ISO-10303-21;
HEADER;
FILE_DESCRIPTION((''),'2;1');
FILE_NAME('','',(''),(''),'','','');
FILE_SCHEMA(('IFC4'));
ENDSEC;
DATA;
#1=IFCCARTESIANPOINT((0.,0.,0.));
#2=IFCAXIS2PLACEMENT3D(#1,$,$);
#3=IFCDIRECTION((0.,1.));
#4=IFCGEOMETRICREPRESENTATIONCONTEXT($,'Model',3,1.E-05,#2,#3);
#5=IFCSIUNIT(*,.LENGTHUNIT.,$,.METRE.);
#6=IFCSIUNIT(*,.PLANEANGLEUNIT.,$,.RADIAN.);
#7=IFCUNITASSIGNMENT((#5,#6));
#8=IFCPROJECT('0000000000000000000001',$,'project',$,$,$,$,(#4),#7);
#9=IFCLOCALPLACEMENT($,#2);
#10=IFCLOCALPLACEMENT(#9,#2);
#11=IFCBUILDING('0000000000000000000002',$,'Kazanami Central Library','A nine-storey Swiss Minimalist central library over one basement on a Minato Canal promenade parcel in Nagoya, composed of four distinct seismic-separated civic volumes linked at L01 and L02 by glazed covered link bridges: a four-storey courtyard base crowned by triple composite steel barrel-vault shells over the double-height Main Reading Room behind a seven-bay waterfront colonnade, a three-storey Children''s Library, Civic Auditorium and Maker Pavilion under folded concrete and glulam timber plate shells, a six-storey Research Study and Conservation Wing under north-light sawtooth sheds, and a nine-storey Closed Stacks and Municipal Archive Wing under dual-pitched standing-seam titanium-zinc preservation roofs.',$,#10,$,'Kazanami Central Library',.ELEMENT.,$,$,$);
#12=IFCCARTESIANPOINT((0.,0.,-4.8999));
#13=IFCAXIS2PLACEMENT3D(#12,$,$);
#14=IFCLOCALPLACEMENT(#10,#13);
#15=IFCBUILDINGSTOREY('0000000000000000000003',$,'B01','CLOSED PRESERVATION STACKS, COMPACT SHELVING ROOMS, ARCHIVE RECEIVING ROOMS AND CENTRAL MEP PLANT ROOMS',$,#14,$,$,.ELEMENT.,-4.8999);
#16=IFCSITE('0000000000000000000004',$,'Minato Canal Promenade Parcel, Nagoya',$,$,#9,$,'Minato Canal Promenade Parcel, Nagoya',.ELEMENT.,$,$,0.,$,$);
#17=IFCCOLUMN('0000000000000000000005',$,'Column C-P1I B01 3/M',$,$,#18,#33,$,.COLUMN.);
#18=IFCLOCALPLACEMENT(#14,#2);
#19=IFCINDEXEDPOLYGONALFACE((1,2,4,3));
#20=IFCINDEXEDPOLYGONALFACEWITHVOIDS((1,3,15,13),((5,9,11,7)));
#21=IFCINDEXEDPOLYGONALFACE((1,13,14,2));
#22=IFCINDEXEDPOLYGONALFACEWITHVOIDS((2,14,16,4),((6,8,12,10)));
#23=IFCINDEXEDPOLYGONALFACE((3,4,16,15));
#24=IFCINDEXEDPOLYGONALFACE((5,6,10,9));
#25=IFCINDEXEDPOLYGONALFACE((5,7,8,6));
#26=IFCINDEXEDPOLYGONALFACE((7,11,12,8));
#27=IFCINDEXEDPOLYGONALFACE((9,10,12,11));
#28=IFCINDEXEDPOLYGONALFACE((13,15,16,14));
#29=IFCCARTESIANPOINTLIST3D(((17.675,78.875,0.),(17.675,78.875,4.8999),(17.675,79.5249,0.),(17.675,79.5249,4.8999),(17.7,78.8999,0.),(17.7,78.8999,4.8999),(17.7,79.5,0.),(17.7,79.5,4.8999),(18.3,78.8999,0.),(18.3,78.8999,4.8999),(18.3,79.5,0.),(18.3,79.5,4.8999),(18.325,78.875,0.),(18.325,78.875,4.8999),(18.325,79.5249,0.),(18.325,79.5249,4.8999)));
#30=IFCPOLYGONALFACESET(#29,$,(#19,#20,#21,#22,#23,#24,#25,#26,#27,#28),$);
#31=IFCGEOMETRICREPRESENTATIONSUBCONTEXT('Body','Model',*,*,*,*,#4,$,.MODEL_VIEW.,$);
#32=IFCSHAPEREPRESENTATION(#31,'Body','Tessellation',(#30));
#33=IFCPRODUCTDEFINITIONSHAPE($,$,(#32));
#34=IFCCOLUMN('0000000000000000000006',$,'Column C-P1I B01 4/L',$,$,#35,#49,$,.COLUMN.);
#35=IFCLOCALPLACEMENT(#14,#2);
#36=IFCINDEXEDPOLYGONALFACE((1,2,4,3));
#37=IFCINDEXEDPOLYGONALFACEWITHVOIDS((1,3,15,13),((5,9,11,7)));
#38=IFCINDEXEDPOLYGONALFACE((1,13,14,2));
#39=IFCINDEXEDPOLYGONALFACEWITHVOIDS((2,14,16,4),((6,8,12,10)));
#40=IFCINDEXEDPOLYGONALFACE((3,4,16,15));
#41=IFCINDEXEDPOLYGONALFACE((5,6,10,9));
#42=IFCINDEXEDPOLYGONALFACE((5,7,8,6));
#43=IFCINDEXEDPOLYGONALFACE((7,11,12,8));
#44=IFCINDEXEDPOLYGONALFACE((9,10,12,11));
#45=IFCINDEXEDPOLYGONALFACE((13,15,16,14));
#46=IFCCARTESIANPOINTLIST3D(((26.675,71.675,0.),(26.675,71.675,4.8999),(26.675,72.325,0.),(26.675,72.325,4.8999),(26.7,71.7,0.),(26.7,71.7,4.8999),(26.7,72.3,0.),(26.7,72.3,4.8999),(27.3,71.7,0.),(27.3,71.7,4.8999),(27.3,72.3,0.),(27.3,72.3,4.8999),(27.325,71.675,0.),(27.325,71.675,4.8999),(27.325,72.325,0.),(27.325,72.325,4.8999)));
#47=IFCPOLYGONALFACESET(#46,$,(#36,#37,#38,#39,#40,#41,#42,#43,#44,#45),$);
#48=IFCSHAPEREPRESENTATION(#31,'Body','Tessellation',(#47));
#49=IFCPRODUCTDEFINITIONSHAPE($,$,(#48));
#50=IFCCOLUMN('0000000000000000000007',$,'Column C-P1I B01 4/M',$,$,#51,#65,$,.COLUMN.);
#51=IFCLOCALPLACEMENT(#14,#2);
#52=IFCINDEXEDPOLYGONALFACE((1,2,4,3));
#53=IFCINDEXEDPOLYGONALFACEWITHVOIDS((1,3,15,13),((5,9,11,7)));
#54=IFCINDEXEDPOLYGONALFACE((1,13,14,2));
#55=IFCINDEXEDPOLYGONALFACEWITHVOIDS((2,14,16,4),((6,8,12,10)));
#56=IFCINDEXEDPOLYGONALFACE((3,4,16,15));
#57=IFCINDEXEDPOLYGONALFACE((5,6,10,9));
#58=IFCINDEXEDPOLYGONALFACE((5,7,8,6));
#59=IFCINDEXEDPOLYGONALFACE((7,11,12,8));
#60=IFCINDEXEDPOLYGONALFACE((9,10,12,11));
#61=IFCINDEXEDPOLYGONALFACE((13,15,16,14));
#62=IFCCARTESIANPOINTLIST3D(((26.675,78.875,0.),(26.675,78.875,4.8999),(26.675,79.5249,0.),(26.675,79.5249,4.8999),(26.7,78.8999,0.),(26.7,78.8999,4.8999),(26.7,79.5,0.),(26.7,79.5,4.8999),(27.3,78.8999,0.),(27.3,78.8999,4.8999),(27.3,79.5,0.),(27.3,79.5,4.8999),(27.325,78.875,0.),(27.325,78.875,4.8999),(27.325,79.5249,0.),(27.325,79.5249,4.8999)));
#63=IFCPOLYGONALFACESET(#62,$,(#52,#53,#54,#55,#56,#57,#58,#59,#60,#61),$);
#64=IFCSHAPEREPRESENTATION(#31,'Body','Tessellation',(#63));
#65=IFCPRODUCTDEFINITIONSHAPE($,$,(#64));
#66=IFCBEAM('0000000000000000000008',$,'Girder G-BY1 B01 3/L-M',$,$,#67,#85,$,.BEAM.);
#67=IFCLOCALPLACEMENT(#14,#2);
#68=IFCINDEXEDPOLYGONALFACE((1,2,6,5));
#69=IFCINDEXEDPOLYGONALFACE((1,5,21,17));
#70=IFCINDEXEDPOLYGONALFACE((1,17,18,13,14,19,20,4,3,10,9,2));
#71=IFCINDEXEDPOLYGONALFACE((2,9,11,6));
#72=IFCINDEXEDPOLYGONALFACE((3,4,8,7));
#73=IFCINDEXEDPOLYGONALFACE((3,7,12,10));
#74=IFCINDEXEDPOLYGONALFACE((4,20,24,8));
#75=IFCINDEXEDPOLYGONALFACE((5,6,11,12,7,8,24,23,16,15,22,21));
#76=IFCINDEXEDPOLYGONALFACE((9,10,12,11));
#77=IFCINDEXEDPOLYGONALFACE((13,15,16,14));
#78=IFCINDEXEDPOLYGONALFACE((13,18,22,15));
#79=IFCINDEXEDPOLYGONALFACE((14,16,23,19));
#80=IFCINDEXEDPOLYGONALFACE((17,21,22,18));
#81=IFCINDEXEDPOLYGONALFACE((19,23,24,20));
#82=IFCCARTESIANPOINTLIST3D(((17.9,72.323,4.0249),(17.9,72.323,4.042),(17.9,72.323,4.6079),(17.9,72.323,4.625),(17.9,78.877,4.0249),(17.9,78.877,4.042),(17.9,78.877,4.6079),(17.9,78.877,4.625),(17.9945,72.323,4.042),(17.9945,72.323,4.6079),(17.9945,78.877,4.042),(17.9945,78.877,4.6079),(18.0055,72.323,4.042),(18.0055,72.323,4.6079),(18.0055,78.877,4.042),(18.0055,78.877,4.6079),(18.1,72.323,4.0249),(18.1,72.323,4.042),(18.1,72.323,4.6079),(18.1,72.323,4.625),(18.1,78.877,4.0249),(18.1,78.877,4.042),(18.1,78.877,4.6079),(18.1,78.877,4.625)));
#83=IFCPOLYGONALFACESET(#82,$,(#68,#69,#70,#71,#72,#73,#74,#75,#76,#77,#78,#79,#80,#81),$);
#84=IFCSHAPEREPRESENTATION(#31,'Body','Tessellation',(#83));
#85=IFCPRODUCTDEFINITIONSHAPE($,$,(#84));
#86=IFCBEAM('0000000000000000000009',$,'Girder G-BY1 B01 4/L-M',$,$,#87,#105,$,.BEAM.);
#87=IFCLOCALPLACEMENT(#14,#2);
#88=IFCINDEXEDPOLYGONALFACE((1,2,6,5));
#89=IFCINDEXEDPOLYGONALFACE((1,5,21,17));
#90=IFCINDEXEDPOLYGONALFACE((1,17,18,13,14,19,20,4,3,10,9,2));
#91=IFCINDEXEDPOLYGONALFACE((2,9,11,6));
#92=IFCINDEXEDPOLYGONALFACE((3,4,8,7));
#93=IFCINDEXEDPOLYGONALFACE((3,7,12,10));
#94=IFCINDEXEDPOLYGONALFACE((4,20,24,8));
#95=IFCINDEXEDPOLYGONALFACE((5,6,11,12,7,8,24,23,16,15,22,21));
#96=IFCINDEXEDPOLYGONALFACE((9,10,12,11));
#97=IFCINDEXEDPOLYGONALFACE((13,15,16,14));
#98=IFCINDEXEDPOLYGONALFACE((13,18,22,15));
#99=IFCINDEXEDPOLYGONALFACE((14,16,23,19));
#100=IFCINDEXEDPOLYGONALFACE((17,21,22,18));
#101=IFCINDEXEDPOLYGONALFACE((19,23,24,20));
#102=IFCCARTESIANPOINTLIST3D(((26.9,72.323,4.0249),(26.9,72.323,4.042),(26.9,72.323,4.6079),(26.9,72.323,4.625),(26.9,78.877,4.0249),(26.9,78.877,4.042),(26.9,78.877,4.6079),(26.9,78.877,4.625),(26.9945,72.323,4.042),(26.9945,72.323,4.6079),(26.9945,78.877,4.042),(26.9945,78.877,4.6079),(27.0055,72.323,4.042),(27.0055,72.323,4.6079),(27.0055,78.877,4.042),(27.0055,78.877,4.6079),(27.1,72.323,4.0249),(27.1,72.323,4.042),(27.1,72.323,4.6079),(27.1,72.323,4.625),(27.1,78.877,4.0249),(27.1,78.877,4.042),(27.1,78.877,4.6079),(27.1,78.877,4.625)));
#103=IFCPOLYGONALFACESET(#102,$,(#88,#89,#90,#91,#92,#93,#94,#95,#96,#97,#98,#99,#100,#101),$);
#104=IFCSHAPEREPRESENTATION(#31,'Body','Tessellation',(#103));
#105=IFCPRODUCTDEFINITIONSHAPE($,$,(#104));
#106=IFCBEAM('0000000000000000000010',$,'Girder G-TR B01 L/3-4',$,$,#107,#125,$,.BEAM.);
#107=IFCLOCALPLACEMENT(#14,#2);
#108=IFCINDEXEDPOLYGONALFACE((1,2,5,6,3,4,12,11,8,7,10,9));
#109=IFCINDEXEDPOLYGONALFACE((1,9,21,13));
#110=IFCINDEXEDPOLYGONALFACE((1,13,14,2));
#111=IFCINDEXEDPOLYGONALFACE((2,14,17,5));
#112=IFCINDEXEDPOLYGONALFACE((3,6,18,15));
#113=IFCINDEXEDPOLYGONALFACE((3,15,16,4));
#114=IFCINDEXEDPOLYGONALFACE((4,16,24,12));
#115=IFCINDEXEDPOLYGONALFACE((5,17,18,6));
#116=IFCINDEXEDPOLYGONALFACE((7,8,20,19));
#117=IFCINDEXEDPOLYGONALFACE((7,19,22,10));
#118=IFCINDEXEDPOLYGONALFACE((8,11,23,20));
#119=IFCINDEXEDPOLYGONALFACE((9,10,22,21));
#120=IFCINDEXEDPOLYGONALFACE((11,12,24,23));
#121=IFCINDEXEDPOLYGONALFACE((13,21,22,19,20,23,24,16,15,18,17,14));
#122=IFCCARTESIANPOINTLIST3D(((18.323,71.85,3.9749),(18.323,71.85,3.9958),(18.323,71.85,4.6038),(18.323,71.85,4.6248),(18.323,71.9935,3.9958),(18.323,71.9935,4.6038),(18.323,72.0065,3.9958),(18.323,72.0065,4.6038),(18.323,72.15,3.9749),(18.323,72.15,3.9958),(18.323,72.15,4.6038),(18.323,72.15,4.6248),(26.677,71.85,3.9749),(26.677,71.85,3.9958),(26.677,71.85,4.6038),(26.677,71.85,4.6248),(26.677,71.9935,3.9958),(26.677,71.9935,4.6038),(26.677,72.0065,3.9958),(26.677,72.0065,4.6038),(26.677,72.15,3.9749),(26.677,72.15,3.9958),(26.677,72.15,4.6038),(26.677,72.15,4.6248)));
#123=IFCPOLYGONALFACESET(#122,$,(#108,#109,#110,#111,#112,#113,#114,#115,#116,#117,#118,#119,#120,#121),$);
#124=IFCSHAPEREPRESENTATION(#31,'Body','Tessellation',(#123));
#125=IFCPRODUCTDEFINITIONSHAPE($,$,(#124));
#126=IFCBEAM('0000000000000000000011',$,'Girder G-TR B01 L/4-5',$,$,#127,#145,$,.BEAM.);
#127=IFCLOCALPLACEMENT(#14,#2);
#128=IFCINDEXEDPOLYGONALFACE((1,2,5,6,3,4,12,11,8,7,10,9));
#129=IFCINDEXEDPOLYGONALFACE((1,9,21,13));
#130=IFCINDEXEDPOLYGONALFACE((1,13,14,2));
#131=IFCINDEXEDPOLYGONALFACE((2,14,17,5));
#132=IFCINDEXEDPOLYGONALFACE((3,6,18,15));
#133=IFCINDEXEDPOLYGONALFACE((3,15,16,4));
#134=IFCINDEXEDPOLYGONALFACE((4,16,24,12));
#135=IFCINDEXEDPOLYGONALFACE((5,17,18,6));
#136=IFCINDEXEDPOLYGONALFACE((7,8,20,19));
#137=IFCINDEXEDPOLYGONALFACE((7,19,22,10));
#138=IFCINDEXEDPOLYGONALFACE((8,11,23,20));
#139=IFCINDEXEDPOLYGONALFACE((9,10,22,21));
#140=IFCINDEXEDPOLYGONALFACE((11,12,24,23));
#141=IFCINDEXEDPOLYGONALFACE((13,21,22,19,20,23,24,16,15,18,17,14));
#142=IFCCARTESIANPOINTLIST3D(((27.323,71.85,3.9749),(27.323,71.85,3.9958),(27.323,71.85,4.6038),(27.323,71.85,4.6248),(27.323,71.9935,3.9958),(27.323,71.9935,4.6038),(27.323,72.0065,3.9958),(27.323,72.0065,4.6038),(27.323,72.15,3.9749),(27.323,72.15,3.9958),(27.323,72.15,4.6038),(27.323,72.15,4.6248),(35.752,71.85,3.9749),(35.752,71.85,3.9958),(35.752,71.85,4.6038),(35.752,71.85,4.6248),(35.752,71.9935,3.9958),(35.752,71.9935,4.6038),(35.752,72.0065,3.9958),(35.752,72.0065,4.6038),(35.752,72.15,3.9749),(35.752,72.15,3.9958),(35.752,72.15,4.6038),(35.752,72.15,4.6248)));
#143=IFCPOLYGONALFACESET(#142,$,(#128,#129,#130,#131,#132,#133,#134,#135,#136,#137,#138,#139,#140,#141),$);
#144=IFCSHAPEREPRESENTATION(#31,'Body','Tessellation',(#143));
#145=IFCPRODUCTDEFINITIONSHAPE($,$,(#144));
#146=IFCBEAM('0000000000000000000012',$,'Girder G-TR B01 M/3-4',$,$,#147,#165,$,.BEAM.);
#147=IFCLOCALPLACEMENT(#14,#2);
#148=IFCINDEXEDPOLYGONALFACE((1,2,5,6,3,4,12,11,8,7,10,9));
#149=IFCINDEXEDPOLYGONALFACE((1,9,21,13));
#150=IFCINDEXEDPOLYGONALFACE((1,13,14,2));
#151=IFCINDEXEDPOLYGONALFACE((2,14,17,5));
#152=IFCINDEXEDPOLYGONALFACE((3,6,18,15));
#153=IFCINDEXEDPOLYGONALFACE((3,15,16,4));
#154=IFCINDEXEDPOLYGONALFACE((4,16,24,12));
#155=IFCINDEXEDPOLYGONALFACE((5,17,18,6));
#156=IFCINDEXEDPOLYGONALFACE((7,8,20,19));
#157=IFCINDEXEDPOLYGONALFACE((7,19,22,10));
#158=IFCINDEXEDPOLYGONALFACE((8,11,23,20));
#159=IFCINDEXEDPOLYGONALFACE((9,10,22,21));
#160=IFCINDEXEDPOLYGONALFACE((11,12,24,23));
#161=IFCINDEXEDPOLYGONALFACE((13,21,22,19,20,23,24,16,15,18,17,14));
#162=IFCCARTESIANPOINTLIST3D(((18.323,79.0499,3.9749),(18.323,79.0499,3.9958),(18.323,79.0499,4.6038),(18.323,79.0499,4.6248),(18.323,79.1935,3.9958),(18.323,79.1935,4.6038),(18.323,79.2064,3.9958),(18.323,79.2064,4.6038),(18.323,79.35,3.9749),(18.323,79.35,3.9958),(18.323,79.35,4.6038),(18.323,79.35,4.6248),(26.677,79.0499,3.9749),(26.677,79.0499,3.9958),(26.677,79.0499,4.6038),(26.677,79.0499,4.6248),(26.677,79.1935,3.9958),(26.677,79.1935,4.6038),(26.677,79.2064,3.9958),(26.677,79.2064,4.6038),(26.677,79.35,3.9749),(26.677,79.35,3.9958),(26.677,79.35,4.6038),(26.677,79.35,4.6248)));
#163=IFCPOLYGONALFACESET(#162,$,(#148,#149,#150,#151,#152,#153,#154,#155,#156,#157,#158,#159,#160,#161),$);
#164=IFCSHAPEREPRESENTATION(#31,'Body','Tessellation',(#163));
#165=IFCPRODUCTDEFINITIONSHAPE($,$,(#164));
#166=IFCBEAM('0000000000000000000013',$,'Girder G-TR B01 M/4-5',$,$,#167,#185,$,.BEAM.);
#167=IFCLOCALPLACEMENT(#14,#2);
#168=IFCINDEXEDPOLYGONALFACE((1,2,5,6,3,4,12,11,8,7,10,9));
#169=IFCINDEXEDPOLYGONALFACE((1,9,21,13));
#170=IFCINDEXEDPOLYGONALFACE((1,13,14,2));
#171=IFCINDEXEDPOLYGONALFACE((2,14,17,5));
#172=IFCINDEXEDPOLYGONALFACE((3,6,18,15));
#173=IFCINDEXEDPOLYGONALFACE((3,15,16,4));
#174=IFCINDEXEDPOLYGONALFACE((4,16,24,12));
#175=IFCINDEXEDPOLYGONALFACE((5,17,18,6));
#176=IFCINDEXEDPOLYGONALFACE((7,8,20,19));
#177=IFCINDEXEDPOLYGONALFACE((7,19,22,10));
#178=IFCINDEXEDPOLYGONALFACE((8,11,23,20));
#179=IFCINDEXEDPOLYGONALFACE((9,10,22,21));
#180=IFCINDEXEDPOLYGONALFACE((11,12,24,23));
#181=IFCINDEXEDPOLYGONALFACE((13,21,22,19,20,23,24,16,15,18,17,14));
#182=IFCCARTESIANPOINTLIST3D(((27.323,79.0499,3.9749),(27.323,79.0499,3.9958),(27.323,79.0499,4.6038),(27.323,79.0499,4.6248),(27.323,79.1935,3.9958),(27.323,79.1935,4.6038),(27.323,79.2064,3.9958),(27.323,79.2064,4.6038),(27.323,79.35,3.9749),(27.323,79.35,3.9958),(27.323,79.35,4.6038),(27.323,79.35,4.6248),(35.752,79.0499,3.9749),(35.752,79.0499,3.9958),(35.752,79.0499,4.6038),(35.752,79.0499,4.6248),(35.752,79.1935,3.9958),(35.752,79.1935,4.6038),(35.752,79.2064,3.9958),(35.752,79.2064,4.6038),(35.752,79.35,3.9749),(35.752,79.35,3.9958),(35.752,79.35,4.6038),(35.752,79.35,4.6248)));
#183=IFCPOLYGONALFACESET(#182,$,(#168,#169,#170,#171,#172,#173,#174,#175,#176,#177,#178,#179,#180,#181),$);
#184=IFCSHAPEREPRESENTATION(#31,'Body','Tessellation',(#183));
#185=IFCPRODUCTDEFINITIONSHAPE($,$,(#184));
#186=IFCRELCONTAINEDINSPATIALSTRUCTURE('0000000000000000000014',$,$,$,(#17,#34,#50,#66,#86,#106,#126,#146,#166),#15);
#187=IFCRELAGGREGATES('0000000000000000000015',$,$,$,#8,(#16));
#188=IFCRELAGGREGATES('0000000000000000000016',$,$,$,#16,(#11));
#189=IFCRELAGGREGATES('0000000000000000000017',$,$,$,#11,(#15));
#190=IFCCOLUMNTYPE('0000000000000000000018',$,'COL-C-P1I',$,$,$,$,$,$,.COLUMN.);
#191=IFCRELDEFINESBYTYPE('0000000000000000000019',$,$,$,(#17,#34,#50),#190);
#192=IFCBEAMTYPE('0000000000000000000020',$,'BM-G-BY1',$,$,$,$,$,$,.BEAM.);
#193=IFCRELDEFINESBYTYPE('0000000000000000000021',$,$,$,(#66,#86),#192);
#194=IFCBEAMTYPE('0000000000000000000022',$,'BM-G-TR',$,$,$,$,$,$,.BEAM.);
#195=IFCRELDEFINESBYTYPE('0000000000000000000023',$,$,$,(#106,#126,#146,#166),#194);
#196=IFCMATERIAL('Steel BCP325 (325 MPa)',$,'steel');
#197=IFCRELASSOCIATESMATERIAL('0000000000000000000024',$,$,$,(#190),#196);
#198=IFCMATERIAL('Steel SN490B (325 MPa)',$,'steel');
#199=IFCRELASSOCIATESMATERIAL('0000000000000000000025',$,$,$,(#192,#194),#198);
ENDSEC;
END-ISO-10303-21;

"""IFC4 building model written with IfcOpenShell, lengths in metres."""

from ifc_helpers import new_model, si_unit, direction, frame, origin, origin_2d, place, context, subcontext, project, spatial, hollow_rectangle, i_section, extrude, material, material_profile, profile_set, type_object, element, save


model = new_model("IFC4")

# Units and contexts
model_context = context("Model", 3, precision=1e-05, world=origin(), true_north=direction((0.0, 1.0)))
body_context = subcontext(model_context, "Body", "Model", "MODEL_VIEW")
ifc_project = project(units=[si_unit("LENGTHUNIT", "METRE"), si_unit("PLANEANGLEUNIT", "RADIAN")], contexts=[model_context])

# Site, building, storey
site_placement = place(None, origin())
site = spatial("IfcSite", under=ifc_project, at=site_placement, Name="Minato Canal Promenade Parcel, Nagoya", LongName="Minato Canal Promenade Parcel, Nagoya", CompositionType="ELEMENT", RefElevation=0.0)
building_placement = place(site_placement, origin())
building = spatial("IfcBuilding", under=site, at=building_placement, Name="Kazanami Central Library", Description="A nine-storey Swiss Minimalist central library over one basement on a Minato Canal promenade parcel in Nagoya, composed of four distinct seismic-separated civic volumes linked at L01 and L02 by glazed covered link bridges: a four-storey courtyard base crowned by triple composite steel barrel-vault shells over the double-height Main Reading Room behind a seven-bay waterfront colonnade, a three-storey Children's Library, Civic Auditorium and Maker Pavilion under folded concrete and glulam timber plate shells, a six-storey Research Study and Conservation Wing under north-light sawtooth sheds, and a nine-storey Closed Stacks and Municipal Archive Wing under dual-pitched standing-seam titanium-zinc preservation roofs.", LongName="Kazanami Central Library", CompositionType="ELEMENT")
storey_placement = place(building_placement, frame((0.0, 0.0, -4.8999)))
storey = spatial("IfcBuildingStorey", under=building, at=storey_placement, Name="B01", Description="CLOSED PRESERVATION STACKS, COMPACT SHELVING ROOMS, ARCHIVE RECEIVING ROOMS AND CENTRAL MEP PLANT ROOMS", CompositionType="ELEMENT", Elevation=-4.8999)

# Columns
ifc_material_1 = material(Name="Steel BCP325 (325 MPa)", Category="steel")
ifc_material_profile_1 = material_profile(ifc_material_1, hollow_rectangle(XDim=0.6499, YDim=0.6499, WallThickness=0.0249, at=origin_2d()), Name="BCP-650x650x25")
ifc_profile_set_1 = profile_set([ifc_material_profile_1], Name="Steel BCP325 (325 MPa)")
column_type_1 = type_object("IfcColumnType", Name="COL-C-P1I", PredefinedType="COLUMN", material=ifc_profile_set_1)
for number, where, z_axis, x_axis, name in (
    (1, (18.0, 79.2, 0.0), (0.0, 0.0, 1.0), (1.0, 0.0, 0.0), "Column C-P1I B01 3/M"),
    (2, (27.0, 72.0, 0.0), (0.0, 0.0, 1.0), (1.0, 0.0, 0.0), "Column C-P1I B01 4/L"),
    (3, (27.0, 79.2, 0.0), (0.0, 0.0, 1.0), (1.0, 0.0, 0.0), "Column C-P1I B01 4/M"),
):
    element("IfcColumn", number, at=place(storey_placement, frame(where, z_axis=z_axis, x_axis=x_axis)), inside=storey, type_object=column_type_1, Name=name, PredefinedType="COLUMN", context=body_context, shape_type="SweptSolid", body=[
        extrude(hollow_rectangle(XDim=0.6499, YDim=0.6499, WallThickness=0.0249, at=origin_2d()), origin(), (0.0, 0.0, 1.0), 4.8999),
    ])

# Beams
ifc_material_2 = material(Name="Steel SN490B (325 MPa)", Category="steel")
ifc_material_profile_2 = material_profile(ifc_material_2, i_section(OverallWidth=0.2, OverallDepth=0.6001, WebThickness=0.011, FlangeThickness=0.0171, at=origin_2d()), Name="H-600x200x11x17")
ifc_profile_set_2 = profile_set([ifc_material_profile_2], Name="Steel SN490B (325 MPa)")
beam_type_1 = type_object("IfcBeamType", Name="BM-G-BY1", PredefinedType="BEAM", material=ifc_profile_set_2)
for number, where, z_axis, x_axis, name in (
    (4, (18.0, 72.323, 4.325), (0.0, 1.0, 0.0), (-1.0, 0.0, 0.0), "Girder G-BY1 B01 3/L-M"),
    (5, (27.0, 72.323, 4.325), (0.0, 1.0, 0.0), (-1.0, 0.0, 0.0), "Girder G-BY1 B01 4/L-M"),
):
    element("IfcBeam", number, at=place(storey_placement, frame(where, z_axis=z_axis, x_axis=x_axis)), inside=storey, type_object=beam_type_1, Name=name, PredefinedType="BEAM", context=body_context, shape_type="SweptSolid", body=[
        extrude(i_section(OverallWidth=0.2, OverallDepth=0.6001, WebThickness=0.011, FlangeThickness=0.0171, at=origin_2d()), origin(), (0.0, 0.0, 1.0), 6.554),
    ])
ifc_material_profile_3 = material_profile(ifc_material_2, i_section(OverallWidth=0.3, OverallDepth=0.6499, WebThickness=0.0129, FlangeThickness=0.021, at=origin_2d()), Name="H-650x300x13x21")
ifc_profile_set_3 = profile_set([ifc_material_profile_3], Name="Steel SN490B (325 MPa)")
beam_type_2 = type_object("IfcBeamType", Name="BM-G-TR", PredefinedType="BEAM", material=ifc_profile_set_3)
beam_1_placement = place(storey_placement, frame((18.323, 72.0, 4.2998), z_axis=(1.0, 0.0, 0.0), x_axis=(0.0, 1.0, 0.0)))
element("IfcBeam", 6, at=beam_1_placement, inside=storey, type_object=beam_type_2, Name="Girder G-TR B01 L/3-4", PredefinedType="BEAM", context=body_context, shape_type="SweptSolid", body=[
    extrude(i_section(OverallWidth=0.3, OverallDepth=0.6499, WebThickness=0.0129, FlangeThickness=0.021, at=origin_2d()), origin(), (0.0, 0.0, 1.0), 8.354),
])
beam_2_placement = place(storey_placement, frame((27.323, 72.0, 4.2998), z_axis=(1.0, 0.0, 0.0), x_axis=(0.0, 1.0, 0.0)))
element("IfcBeam", 7, at=beam_2_placement, inside=storey, type_object=beam_type_2, Name="Girder G-TR B01 L/4-5", PredefinedType="BEAM", context=body_context, shape_type="SweptSolid", body=[
    extrude(i_section(OverallWidth=0.3, OverallDepth=0.6499, WebThickness=0.0129, FlangeThickness=0.021, at=origin_2d()), origin(), (0.0, 0.0, 1.0), 8.429),
])
beam_3_placement = place(storey_placement, frame((18.323, 79.2, 4.2998), z_axis=(1.0, 0.0, 0.0), x_axis=(0.0, 1.0, 0.0)))
element("IfcBeam", 8, at=beam_3_placement, inside=storey, type_object=beam_type_2, Name="Girder G-TR B01 M/3-4", PredefinedType="BEAM", context=body_context, shape_type="SweptSolid", body=[
    extrude(i_section(OverallWidth=0.3, OverallDepth=0.6499, WebThickness=0.0129, FlangeThickness=0.021, at=origin_2d()), origin(), (0.0, 0.0, 1.0), 8.354),
])
beam_4_placement = place(storey_placement, frame((27.323, 79.2, 4.2998), z_axis=(1.0, 0.0, 0.0), x_axis=(0.0, 1.0, 0.0)))
element("IfcBeam", 9, at=beam_4_placement, inside=storey, type_object=beam_type_2, Name="Girder G-TR B01 M/4-5", PredefinedType="BEAM", context=body_context, shape_type="SweptSolid", body=[
    extrude(i_section(OverallWidth=0.3, OverallDepth=0.6499, WebThickness=0.0129, FlangeThickness=0.021, at=origin_2d()), origin(), (0.0, 0.0, 1.0), 8.429),
])

save(model, "model.ifc")
